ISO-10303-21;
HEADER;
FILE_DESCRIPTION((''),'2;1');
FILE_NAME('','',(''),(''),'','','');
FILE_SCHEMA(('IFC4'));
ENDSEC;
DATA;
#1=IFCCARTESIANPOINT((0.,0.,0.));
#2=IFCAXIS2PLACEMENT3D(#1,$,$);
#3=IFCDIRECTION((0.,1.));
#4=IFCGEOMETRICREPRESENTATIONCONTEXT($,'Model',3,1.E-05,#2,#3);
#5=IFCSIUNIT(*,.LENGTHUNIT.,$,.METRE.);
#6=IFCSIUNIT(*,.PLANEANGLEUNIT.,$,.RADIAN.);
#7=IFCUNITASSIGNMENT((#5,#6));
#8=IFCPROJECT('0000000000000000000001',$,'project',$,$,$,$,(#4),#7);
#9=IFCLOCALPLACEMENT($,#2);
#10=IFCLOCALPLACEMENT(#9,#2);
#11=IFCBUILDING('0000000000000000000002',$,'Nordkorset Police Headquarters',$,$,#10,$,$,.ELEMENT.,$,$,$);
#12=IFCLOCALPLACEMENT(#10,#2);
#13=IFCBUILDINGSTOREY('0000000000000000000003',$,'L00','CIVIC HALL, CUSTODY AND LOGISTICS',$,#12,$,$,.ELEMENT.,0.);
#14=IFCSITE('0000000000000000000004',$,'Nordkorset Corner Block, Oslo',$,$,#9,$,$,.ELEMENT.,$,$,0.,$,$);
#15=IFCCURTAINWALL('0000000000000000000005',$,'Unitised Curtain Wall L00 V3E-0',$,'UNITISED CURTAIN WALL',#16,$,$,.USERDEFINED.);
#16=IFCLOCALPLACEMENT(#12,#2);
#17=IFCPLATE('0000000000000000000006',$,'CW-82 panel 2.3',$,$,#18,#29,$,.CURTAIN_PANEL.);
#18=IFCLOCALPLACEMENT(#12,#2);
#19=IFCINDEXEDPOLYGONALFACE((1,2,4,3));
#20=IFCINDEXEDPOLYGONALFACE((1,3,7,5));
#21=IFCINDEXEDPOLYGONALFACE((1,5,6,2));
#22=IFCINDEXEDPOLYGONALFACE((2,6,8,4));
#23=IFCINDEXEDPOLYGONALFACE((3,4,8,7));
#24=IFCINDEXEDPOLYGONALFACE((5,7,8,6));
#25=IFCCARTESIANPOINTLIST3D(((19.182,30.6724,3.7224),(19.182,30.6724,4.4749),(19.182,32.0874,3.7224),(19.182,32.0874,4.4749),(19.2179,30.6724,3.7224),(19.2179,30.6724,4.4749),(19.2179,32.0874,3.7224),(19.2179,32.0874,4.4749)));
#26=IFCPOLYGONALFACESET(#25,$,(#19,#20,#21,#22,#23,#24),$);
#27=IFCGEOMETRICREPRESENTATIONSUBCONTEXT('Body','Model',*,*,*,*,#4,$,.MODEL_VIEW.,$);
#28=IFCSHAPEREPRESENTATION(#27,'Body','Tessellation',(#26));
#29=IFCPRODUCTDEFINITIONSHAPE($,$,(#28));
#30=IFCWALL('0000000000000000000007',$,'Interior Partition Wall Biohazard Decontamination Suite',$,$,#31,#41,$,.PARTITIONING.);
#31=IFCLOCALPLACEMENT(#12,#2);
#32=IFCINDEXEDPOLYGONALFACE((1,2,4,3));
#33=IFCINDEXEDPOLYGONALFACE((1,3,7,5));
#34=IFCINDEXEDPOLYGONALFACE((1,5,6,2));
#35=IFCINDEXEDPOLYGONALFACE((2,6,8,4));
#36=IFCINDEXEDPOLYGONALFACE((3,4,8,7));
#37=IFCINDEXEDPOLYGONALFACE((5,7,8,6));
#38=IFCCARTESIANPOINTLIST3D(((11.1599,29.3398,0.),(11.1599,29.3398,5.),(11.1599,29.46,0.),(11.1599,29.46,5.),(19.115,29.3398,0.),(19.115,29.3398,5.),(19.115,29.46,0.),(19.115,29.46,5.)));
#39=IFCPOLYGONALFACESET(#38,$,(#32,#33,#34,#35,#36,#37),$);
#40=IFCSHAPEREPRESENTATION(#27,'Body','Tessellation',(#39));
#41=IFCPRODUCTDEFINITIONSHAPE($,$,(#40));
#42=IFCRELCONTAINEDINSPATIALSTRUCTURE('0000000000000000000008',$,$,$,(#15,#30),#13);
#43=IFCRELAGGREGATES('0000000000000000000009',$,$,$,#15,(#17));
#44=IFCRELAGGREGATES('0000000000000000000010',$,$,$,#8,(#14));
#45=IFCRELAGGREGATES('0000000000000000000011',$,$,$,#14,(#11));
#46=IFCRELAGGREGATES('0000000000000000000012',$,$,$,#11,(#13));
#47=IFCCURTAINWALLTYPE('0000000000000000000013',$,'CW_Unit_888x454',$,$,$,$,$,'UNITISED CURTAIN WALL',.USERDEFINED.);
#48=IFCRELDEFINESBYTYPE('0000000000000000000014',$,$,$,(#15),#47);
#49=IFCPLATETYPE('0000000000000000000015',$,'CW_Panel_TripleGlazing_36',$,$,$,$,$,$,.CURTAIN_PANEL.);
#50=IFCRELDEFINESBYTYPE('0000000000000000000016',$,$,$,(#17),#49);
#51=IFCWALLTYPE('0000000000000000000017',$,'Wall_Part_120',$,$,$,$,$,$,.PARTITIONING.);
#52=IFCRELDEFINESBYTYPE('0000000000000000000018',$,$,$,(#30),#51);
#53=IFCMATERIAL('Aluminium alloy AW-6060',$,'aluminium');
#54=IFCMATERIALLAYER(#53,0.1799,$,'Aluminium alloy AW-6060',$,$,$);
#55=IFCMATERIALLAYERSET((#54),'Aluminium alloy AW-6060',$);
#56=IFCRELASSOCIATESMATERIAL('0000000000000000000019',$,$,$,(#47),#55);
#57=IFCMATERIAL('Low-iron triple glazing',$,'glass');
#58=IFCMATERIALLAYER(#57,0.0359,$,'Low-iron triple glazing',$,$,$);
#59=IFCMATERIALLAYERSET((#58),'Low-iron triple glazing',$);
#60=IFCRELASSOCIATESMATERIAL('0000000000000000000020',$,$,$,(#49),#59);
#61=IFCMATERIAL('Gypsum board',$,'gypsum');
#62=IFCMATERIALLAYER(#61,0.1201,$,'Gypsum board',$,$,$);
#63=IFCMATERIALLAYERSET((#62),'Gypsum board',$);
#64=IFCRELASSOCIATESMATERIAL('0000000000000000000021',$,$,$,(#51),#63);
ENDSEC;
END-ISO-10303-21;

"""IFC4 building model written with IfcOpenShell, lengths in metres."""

from ifc_helpers import new_model, si_unit, direction, frame, frame_2d, origin, origin_2d, place, context, subcontext, project, spatial, rectangle, extrude, material, layer, layer_set, type_object, element, aggregate, save


model = new_model("IFC4")

# Units and contexts
model_context = context("Model", 3, precision=1e-05, world=origin(), true_north=direction((0.0, 1.0)))
body_context = subcontext(model_context, "Body", "Model", "MODEL_VIEW")
ifc_project = project(units=[si_unit("LENGTHUNIT", "METRE"), si_unit("PLANEANGLEUNIT", "RADIAN")], contexts=[model_context])

# Site, building, storey
site_placement = place(None, origin())
site = spatial("IfcSite", under=ifc_project, at=site_placement, Name="Nordkorset Corner Block, Oslo", CompositionType="ELEMENT", RefElevation=0.0)
building_placement = place(site_placement, origin())
building = spatial("IfcBuilding", under=site, at=building_placement, Name="Nordkorset Police Headquarters", CompositionType="ELEMENT")
storey_placement = place(building_placement, origin())
storey = spatial("IfcBuildingStorey", under=building, at=storey_placement, Name="L00", Description="CIVIC HALL, CUSTODY AND LOGISTICS", CompositionType="ELEMENT", Elevation=0.0)

# Curtain wall
ifc_material_1 = material(Name="Aluminium alloy AW-6060", Category="aluminium")
ifc_layer_1 = layer(ifc_material_1, 0.1799, Name="Aluminium alloy AW-6060")
ifc_layer_set_1 = layer_set([ifc_layer_1], Name="Aluminium alloy AW-6060")
curtain_wall_type = type_object("IfcCurtainWallType", Name="CW_Unit_888x454", ElementType="UNITISED CURTAIN WALL", PredefinedType="USERDEFINED", material=ifc_layer_set_1)
curtain_wall_placement = place(storey_placement, origin())
curtain_wall = element("IfcCurtainWall", 1, at=curtain_wall_placement, inside=storey, type_object=curtain_wall_type, Name="Unitised Curtain Wall L00 V3E-0", ObjectType="UNITISED CURTAIN WALL", PredefinedType="USERDEFINED")

# Plate
ifc_material_2 = material(Name="Low-iron triple glazing", Category="glass")
ifc_layer_2 = layer(ifc_material_2, 0.0359, Name="Low-iron triple glazing")
ifc_layer_set_2 = layer_set([ifc_layer_2], Name="Low-iron triple glazing")
plate_type = type_object("IfcPlateType", Name="CW_Panel_TripleGlazing_36", PredefinedType="CURTAIN_PANEL", material=ifc_layer_set_2)
plate_1_placement = place(storey_placement, frame((19.2, 31.3799, 3.7224), z_axis=(0.0, 0.0, 1.0), x_axis=(0.0, 1.0, 0.0)))
plate_1 = element("IfcPlate", 2, at=plate_1_placement, type_object=plate_type, Name="CW-82 panel 2.3", PredefinedType="CURTAIN_PANEL", context=body_context, shape_type="SweptSolid", body=[
    extrude(rectangle(XDim=1.415, YDim=0.0359, at=origin_2d()), origin(), (0.0, 0.0, 1.0), 0.7524),
])
aggregate(curtain_wall, [plate_1])

# Wall
ifc_material_3 = material(Name="Gypsum board", Category="gypsum")
ifc_layer_3 = layer(ifc_material_3, 0.1201, Name="Gypsum board")
ifc_layer_set_3 = layer_set([ifc_layer_3], Name="Gypsum board")
wall_type = type_object("IfcWallType", Name="Wall_Part_120", PredefinedType="PARTITIONING", material=ifc_layer_set_3)
wall_placement = place(storey_placement, frame((11.1599, 29.3999, 0.0), z_axis=(0.0, 0.0, 1.0), x_axis=(1.0, 0.0, 0.0)))
element("IfcWall", 3, at=wall_placement, inside=storey, type_object=wall_type, Name="Interior Partition Wall Biohazard Decontamination Suite", PredefinedType="PARTITIONING", context=body_context, shape_type="SweptSolid", body=[
    extrude(rectangle(XDim=7.9551, YDim=0.1201, at=frame_2d((3.9775, 0.0))), origin(), (0.0, 0.0, 1.0), 5.0),
])

save(model, "model.ifc")
